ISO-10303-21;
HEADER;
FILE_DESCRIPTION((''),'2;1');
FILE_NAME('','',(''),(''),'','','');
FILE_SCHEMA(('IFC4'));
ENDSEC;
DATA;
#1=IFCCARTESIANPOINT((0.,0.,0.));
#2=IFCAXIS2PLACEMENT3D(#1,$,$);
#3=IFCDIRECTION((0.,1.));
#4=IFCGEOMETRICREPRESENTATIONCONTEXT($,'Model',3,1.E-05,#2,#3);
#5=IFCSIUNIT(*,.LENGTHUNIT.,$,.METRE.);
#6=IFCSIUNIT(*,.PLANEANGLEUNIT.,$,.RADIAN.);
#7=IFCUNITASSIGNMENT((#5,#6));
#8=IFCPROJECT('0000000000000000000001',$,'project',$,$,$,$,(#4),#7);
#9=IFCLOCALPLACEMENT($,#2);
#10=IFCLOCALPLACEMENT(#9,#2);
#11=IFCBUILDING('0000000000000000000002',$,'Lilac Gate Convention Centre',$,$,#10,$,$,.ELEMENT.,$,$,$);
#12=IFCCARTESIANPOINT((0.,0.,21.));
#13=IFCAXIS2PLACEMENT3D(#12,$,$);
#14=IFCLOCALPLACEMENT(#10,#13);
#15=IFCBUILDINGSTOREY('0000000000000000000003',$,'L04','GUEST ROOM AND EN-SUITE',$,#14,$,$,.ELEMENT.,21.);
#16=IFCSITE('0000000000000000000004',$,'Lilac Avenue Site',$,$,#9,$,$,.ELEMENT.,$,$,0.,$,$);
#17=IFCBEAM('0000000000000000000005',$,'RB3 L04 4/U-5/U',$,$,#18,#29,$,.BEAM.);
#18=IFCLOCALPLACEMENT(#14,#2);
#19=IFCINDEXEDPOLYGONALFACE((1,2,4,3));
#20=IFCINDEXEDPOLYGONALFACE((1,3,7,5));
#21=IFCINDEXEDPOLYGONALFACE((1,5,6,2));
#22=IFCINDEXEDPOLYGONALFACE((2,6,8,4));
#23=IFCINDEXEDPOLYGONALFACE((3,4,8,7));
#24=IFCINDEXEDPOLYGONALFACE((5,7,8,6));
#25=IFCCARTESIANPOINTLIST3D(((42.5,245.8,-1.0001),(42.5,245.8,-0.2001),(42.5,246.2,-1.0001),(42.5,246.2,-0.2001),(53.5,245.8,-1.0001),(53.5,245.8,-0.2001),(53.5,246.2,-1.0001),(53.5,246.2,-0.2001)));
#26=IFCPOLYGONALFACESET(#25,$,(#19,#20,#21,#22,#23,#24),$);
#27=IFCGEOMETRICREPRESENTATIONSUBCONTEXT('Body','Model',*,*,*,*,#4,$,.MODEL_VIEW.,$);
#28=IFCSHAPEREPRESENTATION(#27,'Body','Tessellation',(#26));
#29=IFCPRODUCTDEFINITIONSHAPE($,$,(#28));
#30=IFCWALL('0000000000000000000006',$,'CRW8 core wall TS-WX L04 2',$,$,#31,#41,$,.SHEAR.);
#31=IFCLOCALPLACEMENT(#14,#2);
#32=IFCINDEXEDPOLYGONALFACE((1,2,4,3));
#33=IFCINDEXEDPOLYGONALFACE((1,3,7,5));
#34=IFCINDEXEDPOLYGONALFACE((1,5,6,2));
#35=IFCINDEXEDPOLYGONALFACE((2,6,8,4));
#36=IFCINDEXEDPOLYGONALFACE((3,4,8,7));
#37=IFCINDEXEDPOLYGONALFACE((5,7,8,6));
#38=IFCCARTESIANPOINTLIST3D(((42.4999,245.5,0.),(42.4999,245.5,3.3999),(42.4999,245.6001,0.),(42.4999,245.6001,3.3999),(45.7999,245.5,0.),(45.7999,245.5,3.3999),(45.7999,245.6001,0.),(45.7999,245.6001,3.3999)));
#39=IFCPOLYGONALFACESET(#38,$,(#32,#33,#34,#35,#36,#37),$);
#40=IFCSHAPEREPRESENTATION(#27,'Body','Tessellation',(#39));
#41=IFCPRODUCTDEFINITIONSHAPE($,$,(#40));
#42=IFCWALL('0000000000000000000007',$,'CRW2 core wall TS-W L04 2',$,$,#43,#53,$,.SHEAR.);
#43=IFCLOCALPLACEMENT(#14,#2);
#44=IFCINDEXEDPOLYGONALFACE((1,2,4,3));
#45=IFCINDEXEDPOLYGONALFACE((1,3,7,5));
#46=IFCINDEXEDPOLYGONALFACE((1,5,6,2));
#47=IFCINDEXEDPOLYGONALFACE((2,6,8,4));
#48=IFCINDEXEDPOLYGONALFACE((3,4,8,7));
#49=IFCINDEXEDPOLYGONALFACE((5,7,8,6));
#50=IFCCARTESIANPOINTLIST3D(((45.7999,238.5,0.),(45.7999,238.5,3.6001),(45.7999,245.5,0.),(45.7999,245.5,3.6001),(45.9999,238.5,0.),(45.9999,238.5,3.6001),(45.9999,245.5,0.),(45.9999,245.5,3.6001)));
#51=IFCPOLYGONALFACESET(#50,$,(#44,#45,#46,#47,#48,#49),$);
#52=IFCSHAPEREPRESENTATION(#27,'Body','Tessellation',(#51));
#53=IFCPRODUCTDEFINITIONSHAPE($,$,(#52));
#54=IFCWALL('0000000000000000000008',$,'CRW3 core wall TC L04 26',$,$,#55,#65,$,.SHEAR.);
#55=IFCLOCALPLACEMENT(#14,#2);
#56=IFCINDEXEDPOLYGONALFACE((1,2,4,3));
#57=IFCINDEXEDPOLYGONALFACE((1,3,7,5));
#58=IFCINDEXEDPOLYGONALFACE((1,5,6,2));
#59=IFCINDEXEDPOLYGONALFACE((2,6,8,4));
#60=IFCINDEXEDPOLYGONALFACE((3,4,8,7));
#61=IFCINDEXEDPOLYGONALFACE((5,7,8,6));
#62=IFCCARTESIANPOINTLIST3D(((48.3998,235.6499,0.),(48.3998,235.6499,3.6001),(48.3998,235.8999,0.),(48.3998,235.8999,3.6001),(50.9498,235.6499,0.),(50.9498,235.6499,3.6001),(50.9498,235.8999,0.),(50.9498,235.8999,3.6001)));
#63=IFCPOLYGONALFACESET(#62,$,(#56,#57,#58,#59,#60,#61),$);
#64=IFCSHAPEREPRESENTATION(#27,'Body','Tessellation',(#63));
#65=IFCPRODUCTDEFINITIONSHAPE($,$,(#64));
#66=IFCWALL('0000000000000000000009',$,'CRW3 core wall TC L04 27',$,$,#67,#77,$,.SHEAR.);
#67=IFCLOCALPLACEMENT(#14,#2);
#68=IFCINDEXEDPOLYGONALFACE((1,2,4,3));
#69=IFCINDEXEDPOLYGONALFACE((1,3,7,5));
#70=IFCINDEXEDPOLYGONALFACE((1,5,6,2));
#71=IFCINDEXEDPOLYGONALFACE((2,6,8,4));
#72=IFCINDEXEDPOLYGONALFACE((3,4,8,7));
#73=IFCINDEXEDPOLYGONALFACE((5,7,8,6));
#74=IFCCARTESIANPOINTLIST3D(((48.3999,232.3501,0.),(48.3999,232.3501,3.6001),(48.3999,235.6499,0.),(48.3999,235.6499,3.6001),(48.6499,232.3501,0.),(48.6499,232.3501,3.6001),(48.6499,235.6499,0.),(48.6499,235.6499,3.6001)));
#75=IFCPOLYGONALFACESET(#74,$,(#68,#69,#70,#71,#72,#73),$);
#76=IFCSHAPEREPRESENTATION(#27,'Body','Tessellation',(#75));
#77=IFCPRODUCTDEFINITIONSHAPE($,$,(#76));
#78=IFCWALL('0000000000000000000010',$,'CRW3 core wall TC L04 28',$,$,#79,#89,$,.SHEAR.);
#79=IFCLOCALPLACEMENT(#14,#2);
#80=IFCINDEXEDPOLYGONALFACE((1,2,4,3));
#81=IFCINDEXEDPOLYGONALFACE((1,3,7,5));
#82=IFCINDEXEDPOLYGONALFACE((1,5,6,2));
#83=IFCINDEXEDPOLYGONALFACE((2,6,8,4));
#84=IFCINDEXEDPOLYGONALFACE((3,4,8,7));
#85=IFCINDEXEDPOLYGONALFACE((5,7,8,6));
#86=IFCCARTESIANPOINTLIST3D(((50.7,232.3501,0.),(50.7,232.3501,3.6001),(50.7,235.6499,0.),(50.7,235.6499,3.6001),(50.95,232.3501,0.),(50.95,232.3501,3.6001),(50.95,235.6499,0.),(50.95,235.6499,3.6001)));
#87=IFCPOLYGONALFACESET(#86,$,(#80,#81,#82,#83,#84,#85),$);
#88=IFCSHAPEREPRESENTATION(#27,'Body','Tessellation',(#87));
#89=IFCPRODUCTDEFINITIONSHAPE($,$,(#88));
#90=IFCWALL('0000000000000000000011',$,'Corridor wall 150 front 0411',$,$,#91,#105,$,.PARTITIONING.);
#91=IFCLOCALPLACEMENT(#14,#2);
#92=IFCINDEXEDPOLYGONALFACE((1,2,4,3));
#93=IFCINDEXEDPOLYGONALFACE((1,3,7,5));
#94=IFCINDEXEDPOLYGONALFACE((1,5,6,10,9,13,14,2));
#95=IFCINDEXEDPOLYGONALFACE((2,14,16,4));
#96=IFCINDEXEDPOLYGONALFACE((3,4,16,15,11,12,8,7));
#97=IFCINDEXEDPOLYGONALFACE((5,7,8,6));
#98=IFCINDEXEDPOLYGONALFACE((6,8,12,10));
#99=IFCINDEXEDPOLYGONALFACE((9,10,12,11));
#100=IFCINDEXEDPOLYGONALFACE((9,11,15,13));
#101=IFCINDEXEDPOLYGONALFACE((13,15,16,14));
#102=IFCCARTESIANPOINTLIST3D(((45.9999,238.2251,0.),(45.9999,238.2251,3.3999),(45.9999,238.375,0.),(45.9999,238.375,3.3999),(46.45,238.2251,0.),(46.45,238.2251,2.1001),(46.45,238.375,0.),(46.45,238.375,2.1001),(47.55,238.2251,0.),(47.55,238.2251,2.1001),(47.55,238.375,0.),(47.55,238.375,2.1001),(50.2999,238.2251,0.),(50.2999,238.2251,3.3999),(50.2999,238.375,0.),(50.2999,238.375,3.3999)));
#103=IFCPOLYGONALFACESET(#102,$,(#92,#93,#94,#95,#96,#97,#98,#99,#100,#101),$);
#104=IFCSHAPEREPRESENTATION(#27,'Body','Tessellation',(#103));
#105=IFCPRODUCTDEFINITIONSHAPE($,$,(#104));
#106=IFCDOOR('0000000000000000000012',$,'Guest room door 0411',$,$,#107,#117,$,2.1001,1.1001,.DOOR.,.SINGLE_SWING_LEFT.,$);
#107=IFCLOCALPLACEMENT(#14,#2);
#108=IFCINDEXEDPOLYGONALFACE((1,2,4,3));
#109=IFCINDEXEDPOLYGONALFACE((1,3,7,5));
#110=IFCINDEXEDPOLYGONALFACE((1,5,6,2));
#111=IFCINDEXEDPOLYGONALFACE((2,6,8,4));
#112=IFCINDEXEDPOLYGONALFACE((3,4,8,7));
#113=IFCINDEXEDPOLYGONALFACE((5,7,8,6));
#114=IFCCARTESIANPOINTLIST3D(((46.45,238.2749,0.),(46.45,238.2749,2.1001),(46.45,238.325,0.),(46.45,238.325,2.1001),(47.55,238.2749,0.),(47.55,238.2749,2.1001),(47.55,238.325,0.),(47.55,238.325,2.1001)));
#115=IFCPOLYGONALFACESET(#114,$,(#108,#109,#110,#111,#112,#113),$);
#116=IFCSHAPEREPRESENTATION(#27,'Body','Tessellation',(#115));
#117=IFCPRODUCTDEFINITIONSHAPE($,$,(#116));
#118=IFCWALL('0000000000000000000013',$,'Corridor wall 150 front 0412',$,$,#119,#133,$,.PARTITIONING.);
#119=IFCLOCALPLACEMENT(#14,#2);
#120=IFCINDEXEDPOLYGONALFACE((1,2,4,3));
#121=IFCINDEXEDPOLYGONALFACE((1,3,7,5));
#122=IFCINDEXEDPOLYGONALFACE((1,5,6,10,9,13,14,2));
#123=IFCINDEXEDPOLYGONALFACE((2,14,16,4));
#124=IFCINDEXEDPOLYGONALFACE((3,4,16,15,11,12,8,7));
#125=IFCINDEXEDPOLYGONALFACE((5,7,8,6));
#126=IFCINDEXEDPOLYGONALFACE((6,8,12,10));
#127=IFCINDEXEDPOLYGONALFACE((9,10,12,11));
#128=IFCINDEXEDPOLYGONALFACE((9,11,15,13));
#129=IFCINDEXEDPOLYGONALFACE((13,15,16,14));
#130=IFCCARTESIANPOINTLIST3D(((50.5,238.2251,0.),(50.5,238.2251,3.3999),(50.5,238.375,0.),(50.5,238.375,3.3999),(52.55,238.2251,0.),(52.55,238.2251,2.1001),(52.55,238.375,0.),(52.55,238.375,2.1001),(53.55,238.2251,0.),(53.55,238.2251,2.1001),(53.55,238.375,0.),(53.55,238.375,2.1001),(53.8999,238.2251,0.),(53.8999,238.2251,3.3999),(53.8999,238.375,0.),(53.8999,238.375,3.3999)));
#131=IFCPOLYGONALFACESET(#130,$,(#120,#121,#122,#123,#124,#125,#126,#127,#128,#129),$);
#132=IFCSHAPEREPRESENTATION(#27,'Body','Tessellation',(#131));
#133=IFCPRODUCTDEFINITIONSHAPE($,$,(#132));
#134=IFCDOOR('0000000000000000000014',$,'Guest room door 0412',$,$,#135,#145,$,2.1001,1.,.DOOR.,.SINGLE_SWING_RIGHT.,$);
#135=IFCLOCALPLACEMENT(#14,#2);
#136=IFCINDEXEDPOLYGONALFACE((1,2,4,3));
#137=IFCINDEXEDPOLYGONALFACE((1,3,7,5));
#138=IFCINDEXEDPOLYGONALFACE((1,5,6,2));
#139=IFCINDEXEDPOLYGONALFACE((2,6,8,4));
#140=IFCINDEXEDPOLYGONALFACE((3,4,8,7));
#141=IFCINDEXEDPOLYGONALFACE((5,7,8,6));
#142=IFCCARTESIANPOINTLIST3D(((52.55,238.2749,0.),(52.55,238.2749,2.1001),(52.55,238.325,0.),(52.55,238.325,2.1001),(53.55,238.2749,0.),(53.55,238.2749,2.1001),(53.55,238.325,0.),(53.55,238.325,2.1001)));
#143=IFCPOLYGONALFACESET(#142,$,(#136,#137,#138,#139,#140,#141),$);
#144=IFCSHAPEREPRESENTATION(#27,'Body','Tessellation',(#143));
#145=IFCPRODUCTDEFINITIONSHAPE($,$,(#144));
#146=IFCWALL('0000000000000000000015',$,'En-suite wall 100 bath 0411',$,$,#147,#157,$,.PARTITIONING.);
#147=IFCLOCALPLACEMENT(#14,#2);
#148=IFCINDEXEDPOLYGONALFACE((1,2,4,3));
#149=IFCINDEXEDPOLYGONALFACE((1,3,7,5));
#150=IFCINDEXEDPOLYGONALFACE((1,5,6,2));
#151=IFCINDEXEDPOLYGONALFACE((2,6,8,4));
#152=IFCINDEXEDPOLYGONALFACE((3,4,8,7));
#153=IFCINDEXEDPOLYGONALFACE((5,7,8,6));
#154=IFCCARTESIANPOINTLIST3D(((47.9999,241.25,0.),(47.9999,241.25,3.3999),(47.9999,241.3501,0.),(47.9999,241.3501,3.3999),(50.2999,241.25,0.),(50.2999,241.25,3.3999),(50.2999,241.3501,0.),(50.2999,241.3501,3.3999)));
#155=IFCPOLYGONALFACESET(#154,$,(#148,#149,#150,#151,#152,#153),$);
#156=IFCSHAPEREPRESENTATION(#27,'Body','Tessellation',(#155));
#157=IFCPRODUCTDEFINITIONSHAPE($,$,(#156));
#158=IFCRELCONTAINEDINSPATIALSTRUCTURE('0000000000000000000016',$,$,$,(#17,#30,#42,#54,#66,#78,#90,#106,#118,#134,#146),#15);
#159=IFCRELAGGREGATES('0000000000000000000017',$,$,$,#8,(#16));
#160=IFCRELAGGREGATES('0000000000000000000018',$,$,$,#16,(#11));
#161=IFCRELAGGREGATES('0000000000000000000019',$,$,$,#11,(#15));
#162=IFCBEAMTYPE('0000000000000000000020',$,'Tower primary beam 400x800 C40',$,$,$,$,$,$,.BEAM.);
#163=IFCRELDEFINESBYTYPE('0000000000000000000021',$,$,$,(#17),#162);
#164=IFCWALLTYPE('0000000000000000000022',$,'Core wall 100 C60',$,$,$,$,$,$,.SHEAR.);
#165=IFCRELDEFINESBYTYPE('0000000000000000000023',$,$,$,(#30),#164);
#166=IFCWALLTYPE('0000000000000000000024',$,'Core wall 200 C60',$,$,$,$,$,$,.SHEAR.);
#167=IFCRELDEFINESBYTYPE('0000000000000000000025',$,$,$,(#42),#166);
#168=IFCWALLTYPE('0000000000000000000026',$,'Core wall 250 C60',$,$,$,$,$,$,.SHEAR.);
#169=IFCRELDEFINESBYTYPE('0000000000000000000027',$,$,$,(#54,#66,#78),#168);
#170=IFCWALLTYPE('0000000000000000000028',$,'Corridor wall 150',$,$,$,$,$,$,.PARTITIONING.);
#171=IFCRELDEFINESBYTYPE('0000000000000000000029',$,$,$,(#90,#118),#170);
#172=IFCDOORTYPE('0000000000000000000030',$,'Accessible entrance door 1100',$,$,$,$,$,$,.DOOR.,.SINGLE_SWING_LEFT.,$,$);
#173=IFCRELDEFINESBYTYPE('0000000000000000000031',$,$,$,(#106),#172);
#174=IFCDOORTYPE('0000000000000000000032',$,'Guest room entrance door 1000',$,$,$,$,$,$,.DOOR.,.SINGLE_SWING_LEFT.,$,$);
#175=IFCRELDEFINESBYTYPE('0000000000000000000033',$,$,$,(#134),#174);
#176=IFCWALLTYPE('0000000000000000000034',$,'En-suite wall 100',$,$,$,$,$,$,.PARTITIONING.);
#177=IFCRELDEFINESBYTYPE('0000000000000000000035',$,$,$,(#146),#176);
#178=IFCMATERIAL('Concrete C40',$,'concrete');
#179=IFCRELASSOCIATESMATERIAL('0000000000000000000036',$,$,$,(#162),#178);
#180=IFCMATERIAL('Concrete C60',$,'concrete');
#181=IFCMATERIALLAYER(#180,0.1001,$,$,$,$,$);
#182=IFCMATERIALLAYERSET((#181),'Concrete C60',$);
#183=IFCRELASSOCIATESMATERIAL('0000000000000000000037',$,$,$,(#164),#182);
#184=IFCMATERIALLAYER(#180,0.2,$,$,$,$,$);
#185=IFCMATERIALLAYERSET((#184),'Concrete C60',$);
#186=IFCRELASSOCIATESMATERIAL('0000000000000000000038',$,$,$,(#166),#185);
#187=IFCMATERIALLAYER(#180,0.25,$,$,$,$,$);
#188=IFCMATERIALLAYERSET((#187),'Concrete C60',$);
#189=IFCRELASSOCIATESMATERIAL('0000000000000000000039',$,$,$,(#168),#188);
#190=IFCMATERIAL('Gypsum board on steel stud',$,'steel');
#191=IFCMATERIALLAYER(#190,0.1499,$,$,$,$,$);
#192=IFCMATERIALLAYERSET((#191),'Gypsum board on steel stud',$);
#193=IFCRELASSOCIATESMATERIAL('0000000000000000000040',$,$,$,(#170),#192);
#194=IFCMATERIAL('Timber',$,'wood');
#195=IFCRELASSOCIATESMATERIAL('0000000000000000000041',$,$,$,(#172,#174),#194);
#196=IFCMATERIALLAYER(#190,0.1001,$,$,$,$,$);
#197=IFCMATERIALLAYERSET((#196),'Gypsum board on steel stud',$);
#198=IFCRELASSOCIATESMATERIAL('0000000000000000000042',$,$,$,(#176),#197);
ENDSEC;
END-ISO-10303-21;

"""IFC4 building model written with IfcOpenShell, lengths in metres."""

from ifc_helpers import new_model, si_unit, direction, frame, frame_2d, origin, origin_2d, place, context, subcontext, project, spatial, rectangle, extrude, material, layer, layer_set, material_profile, profile_set, type_object, element, fill, save


model = new_model("IFC4")

# Units and contexts
model_context = context("Model", 3, precision=1e-05, world=origin(), true_north=direction((0.0, 1.0)))
body_context = subcontext(model_context, "Body", "Model", "MODEL_VIEW")
ifc_project = project(units=[si_unit("LENGTHUNIT", "METRE"), si_unit("PLANEANGLEUNIT", "RADIAN")], contexts=[model_context])

# Site, building, storey
site_placement = place(None, origin())
site = spatial("IfcSite", under=ifc_project, at=site_placement, Name="Lilac Avenue Site", CompositionType="ELEMENT", RefElevation=0.0)
building_placement = place(site_placement, origin())
building = spatial("IfcBuilding", under=site, at=building_placement, Name="Lilac Gate Convention Centre", CompositionType="ELEMENT")
storey_placement = place(building_placement, frame((0.0, 0.0, 21.0)))
storey = spatial("IfcBuildingStorey", under=building, at=storey_placement, Name="L04", Description="GUEST ROOM AND EN-SUITE", CompositionType="ELEMENT", Elevation=21.0)

# Beam
ifc_material_1 = material(Name="Concrete C40", Category="concrete")
ifc_material_profile = material_profile(ifc_material_1, rectangle(XDim=0.3999, YDim=0.8, at=origin_2d()), Name="RC 400x800")
ifc_profile_set = profile_set([ifc_material_profile], Name="Concrete C40")
beam_type = type_object("IfcBeamType", Name="Tower primary beam 400x800 C40", PredefinedType="BEAM", material=ifc_profile_set)
beam_placement = place(storey_placement, frame((42.5, 246.0, -0.6001), z_axis=(1.0, 0.0, 0.0), x_axis=(0.0, 1.0, 0.0)))
element("IfcBeam", 1, at=beam_placement, inside=storey, type_object=beam_type, Name="RB3 L04 4/U-5/U", PredefinedType="BEAM", context=body_context, shape_type="SweptSolid", body=[
    extrude(rectangle(XDim=0.3999, YDim=0.8, at=origin_2d()), origin(), (0.0, 0.0, 1.0), 11.0),
])

# Walls
ifc_material_2 = material(Name="Concrete C60", Category="concrete")
ifc_layer_1 = layer(ifc_material_2, 0.1001)
ifc_layer_set_1 = layer_set([ifc_layer_1], Name="Concrete C60")
wall_type_1 = type_object("IfcWallType", Name="Core wall 100 C60", PredefinedType="SHEAR", material=ifc_layer_set_1)
wall_1_placement = place(storey_placement, frame((42.5, 245.55, 0.0), z_axis=(0.0, 0.0, 1.0), x_axis=(1.0, 0.0, 0.0)))
element("IfcWall", 2, at=wall_1_placement, inside=storey, type_object=wall_type_1, Name="CRW8 core wall TS-WX L04 2", PredefinedType="SHEAR", context=body_context, shape_type="SweptSolid", body=[
    extrude(rectangle(XDim=3.3, YDim=0.1001, at=frame_2d((1.6499, 0.0))), origin(), (0.0, 0.0, 1.0), 3.3999),
])
ifc_layer_2 = layer(ifc_material_2, 0.2)
ifc_layer_set_2 = layer_set([ifc_layer_2], Name="Concrete C60")
wall_type_2 = type_object("IfcWallType", Name="Core wall 200 C60", PredefinedType="SHEAR", material=ifc_layer_set_2)
wall_2_placement = place(storey_placement, frame((45.8999, 238.5, 0.0), z_axis=(0.0, 0.0, 1.0), x_axis=(0.0, 1.0, 0.0)))
element("IfcWall", 3, at=wall_2_placement, inside=storey, type_object=wall_type_2, Name="CRW2 core wall TS-W L04 2", PredefinedType="SHEAR", context=body_context, shape_type="SweptSolid", body=[
    extrude(rectangle(XDim=7.0, YDim=0.2, at=frame_2d((3.5, 0.0))), origin(), (0.0, 0.0, 1.0), 3.6001),
])
ifc_layer_3 = layer(ifc_material_2, 0.25)
ifc_layer_set_3 = layer_set([ifc_layer_3], Name="Concrete C60")
wall_type_3 = type_object("IfcWallType", Name="Core wall 250 C60", PredefinedType="SHEAR", material=ifc_layer_set_3)
wall_3_placement = place(storey_placement, frame((48.3999, 235.7749, 0.0), z_axis=(0.0, 0.0, 1.0), x_axis=(1.0, 0.0, 0.0)))
element("IfcWall", 4, at=wall_3_placement, inside=storey, type_object=wall_type_3, Name="CRW3 core wall TC L04 26", PredefinedType="SHEAR", context=body_context, shape_type="SweptSolid", body=[
    extrude(rectangle(XDim=2.55, YDim=0.25, at=frame_2d((1.2749, 0.0))), origin(), (0.0, 0.0, 1.0), 3.6001),
])
for number, where, z_axis, x_axis, name in (
    (5, (48.5249, 232.3501, 0.0), (0.0, 0.0, 1.0), (0.0, 1.0, 0.0), "CRW3 core wall TC L04 27"),
    (6, (50.825, 232.3501, 0.0), (0.0, 0.0, 1.0), (0.0, 1.0, 0.0), "CRW3 core wall TC L04 28"),
):
    element("IfcWall", number, at=place(storey_placement, frame(where, z_axis=z_axis, x_axis=x_axis)), inside=storey, type_object=wall_type_3, Name=name, PredefinedType="SHEAR", context=body_context, shape_type="SweptSolid", body=[
        extrude(rectangle(XDim=3.2998, YDim=0.25, at=frame_2d((1.6499, 0.0))), origin(), (0.0, 0.0, 1.0), 3.6001),
    ])

# Walls, openings, doors
ifc_material_3 = material(Name="Gypsum board on steel stud", Category="steel")
ifc_layer_4 = layer(ifc_material_3, 0.1499)
ifc_layer_set_4 = layer_set([ifc_layer_4], Name="Gypsum board on steel stud")
wall_type_4 = type_object("IfcWallType", Name="Corridor wall 150", PredefinedType="PARTITIONING", material=ifc_layer_set_4)
wall_4_placement = place(storey_placement, frame((46.0, 238.3, 0.0), z_axis=(0.0, 0.0, 1.0), x_axis=(1.0, 0.0, 0.0)))
wall_4 = element("IfcWall", 7, at=wall_4_placement, inside=storey, type_object=wall_type_4, Name="Corridor wall 150 front 0411", PredefinedType="PARTITIONING", context=body_context, shape_type="SweptSolid", body=[
    extrude(rectangle(XDim=4.3, YDim=0.1499, at=frame_2d((2.1499, 0.0))), origin(), (0.0, 0.0, 1.0), 3.3999),
])
opening_1_placement = place(wall_4_placement, frame((0.45, 0.0, 0.0)))
opening_1 = element("IfcOpeningElement", 8, at=opening_1_placement, cuts=wall_4, PredefinedType="OPENING", context=body_context, shape_type="SweptSolid", body=[
    extrude(rectangle(XDim=1.1001, YDim=2.1001, at=frame_2d((0.55, 1.05))), frame((0.0, 0.085, 0.0), z_axis=(0.0, -1.0, 0.0), x_axis=(1.0, 0.0, 0.0)), (0.0, 0.0, 1.0), 0.1699),
])
ifc_material_4 = material(Name="Timber", Category="wood")
door_type_1 = type_object("IfcDoorType", Name="Accessible entrance door 1100", OperationType="SINGLE_SWING_LEFT", PredefinedType="DOOR", material=ifc_material_4)
door_1_placement = place(opening_1_placement, origin())
door_1 = element("IfcDoor", 9, at=door_1_placement, inside=storey, type_object=door_type_1, Name="Guest room door 0411", OperationType="SINGLE_SWING_LEFT", OverallHeight=2.1001, OverallWidth=1.1001, PredefinedType="DOOR", context=body_context, shape_type="SweptSolid", body=[
    extrude(rectangle(XDim=1.1001, YDim=2.1001, at=frame_2d((0.55, 1.05))), frame((0.0, 0.0249, 0.0), z_axis=(0.0, -1.0, 0.0), x_axis=(1.0, 0.0, 0.0)), (0.0, 0.0, 1.0), 0.05),
])
fill(opening_1, door_1)
wall_5_placement = place(storey_placement, frame((50.5, 238.3, 0.0), z_axis=(0.0, 0.0, 1.0), x_axis=(1.0, 0.0, 0.0)))
wall_5 = element("IfcWall", 10, at=wall_5_placement, inside=storey, type_object=wall_type_4, Name="Corridor wall 150 front 0412", PredefinedType="PARTITIONING", context=body_context, shape_type="SweptSolid", body=[
    extrude(rectangle(XDim=3.3999, YDim=0.1499, at=frame_2d((1.7, 0.0))), origin(), (0.0, 0.0, 1.0), 3.3999),
])
opening_2_placement = place(wall_5_placement, frame((2.05, 0.0, 0.0)))
opening_2 = element("IfcOpeningElement", 11, at=opening_2_placement, cuts=wall_5, PredefinedType="OPENING", context=body_context, shape_type="SweptSolid", body=[
    extrude(rectangle(XDim=1.0, YDim=2.1001, at=frame_2d((0.5, 1.05))), frame((0.0, 0.085, 0.0), z_axis=(0.0, -1.0, 0.0), x_axis=(1.0, 0.0, 0.0)), (0.0, 0.0, 1.0), 0.1699),
])
door_type_2 = type_object("IfcDoorType", Name="Guest room entrance door 1000", OperationType="SINGLE_SWING_LEFT", PredefinedType="DOOR", material=ifc_material_4)
door_2_placement = place(opening_2_placement, origin())
door_2 = element("IfcDoor", 12, at=door_2_placement, inside=storey, type_object=door_type_2, Name="Guest room door 0412", OperationType="SINGLE_SWING_RIGHT", OverallHeight=2.1001, OverallWidth=1.0, PredefinedType="DOOR", context=body_context, shape_type="SweptSolid", body=[
    extrude(rectangle(XDim=1.0, YDim=2.1001, at=frame_2d((0.5, 1.05))), frame((0.0, 0.0249, 0.0), z_axis=(0.0, -1.0, 0.0), x_axis=(1.0, 0.0, 0.0)), (0.0, 0.0, 1.0), 0.05),
])
fill(opening_2, door_2)

# Wall
ifc_layer_5 = layer(ifc_material_3, 0.1001)
ifc_layer_set_5 = layer_set([ifc_layer_5], Name="Gypsum board on steel stud")
wall_type_5 = type_object("IfcWallType", Name="En-suite wall 100", PredefinedType="PARTITIONING", material=ifc_layer_set_5)
wall_6_placement = place(storey_placement, frame((48.0, 241.3, 0.0), z_axis=(0.0, 0.0, 1.0), x_axis=(1.0, 0.0, 0.0)))
element("IfcWall", 13, at=wall_6_placement, inside=storey, type_object=wall_type_5, Name="En-suite wall 100 bath 0411", PredefinedType="PARTITIONING", context=body_context, shape_type="SweptSolid", body=[
    extrude(rectangle(XDim=2.3, YDim=0.1001, at=frame_2d((1.1499, 0.0))), origin(), (0.0, 0.0, 1.0), 3.3999),
])

save(model, "model.ifc")
